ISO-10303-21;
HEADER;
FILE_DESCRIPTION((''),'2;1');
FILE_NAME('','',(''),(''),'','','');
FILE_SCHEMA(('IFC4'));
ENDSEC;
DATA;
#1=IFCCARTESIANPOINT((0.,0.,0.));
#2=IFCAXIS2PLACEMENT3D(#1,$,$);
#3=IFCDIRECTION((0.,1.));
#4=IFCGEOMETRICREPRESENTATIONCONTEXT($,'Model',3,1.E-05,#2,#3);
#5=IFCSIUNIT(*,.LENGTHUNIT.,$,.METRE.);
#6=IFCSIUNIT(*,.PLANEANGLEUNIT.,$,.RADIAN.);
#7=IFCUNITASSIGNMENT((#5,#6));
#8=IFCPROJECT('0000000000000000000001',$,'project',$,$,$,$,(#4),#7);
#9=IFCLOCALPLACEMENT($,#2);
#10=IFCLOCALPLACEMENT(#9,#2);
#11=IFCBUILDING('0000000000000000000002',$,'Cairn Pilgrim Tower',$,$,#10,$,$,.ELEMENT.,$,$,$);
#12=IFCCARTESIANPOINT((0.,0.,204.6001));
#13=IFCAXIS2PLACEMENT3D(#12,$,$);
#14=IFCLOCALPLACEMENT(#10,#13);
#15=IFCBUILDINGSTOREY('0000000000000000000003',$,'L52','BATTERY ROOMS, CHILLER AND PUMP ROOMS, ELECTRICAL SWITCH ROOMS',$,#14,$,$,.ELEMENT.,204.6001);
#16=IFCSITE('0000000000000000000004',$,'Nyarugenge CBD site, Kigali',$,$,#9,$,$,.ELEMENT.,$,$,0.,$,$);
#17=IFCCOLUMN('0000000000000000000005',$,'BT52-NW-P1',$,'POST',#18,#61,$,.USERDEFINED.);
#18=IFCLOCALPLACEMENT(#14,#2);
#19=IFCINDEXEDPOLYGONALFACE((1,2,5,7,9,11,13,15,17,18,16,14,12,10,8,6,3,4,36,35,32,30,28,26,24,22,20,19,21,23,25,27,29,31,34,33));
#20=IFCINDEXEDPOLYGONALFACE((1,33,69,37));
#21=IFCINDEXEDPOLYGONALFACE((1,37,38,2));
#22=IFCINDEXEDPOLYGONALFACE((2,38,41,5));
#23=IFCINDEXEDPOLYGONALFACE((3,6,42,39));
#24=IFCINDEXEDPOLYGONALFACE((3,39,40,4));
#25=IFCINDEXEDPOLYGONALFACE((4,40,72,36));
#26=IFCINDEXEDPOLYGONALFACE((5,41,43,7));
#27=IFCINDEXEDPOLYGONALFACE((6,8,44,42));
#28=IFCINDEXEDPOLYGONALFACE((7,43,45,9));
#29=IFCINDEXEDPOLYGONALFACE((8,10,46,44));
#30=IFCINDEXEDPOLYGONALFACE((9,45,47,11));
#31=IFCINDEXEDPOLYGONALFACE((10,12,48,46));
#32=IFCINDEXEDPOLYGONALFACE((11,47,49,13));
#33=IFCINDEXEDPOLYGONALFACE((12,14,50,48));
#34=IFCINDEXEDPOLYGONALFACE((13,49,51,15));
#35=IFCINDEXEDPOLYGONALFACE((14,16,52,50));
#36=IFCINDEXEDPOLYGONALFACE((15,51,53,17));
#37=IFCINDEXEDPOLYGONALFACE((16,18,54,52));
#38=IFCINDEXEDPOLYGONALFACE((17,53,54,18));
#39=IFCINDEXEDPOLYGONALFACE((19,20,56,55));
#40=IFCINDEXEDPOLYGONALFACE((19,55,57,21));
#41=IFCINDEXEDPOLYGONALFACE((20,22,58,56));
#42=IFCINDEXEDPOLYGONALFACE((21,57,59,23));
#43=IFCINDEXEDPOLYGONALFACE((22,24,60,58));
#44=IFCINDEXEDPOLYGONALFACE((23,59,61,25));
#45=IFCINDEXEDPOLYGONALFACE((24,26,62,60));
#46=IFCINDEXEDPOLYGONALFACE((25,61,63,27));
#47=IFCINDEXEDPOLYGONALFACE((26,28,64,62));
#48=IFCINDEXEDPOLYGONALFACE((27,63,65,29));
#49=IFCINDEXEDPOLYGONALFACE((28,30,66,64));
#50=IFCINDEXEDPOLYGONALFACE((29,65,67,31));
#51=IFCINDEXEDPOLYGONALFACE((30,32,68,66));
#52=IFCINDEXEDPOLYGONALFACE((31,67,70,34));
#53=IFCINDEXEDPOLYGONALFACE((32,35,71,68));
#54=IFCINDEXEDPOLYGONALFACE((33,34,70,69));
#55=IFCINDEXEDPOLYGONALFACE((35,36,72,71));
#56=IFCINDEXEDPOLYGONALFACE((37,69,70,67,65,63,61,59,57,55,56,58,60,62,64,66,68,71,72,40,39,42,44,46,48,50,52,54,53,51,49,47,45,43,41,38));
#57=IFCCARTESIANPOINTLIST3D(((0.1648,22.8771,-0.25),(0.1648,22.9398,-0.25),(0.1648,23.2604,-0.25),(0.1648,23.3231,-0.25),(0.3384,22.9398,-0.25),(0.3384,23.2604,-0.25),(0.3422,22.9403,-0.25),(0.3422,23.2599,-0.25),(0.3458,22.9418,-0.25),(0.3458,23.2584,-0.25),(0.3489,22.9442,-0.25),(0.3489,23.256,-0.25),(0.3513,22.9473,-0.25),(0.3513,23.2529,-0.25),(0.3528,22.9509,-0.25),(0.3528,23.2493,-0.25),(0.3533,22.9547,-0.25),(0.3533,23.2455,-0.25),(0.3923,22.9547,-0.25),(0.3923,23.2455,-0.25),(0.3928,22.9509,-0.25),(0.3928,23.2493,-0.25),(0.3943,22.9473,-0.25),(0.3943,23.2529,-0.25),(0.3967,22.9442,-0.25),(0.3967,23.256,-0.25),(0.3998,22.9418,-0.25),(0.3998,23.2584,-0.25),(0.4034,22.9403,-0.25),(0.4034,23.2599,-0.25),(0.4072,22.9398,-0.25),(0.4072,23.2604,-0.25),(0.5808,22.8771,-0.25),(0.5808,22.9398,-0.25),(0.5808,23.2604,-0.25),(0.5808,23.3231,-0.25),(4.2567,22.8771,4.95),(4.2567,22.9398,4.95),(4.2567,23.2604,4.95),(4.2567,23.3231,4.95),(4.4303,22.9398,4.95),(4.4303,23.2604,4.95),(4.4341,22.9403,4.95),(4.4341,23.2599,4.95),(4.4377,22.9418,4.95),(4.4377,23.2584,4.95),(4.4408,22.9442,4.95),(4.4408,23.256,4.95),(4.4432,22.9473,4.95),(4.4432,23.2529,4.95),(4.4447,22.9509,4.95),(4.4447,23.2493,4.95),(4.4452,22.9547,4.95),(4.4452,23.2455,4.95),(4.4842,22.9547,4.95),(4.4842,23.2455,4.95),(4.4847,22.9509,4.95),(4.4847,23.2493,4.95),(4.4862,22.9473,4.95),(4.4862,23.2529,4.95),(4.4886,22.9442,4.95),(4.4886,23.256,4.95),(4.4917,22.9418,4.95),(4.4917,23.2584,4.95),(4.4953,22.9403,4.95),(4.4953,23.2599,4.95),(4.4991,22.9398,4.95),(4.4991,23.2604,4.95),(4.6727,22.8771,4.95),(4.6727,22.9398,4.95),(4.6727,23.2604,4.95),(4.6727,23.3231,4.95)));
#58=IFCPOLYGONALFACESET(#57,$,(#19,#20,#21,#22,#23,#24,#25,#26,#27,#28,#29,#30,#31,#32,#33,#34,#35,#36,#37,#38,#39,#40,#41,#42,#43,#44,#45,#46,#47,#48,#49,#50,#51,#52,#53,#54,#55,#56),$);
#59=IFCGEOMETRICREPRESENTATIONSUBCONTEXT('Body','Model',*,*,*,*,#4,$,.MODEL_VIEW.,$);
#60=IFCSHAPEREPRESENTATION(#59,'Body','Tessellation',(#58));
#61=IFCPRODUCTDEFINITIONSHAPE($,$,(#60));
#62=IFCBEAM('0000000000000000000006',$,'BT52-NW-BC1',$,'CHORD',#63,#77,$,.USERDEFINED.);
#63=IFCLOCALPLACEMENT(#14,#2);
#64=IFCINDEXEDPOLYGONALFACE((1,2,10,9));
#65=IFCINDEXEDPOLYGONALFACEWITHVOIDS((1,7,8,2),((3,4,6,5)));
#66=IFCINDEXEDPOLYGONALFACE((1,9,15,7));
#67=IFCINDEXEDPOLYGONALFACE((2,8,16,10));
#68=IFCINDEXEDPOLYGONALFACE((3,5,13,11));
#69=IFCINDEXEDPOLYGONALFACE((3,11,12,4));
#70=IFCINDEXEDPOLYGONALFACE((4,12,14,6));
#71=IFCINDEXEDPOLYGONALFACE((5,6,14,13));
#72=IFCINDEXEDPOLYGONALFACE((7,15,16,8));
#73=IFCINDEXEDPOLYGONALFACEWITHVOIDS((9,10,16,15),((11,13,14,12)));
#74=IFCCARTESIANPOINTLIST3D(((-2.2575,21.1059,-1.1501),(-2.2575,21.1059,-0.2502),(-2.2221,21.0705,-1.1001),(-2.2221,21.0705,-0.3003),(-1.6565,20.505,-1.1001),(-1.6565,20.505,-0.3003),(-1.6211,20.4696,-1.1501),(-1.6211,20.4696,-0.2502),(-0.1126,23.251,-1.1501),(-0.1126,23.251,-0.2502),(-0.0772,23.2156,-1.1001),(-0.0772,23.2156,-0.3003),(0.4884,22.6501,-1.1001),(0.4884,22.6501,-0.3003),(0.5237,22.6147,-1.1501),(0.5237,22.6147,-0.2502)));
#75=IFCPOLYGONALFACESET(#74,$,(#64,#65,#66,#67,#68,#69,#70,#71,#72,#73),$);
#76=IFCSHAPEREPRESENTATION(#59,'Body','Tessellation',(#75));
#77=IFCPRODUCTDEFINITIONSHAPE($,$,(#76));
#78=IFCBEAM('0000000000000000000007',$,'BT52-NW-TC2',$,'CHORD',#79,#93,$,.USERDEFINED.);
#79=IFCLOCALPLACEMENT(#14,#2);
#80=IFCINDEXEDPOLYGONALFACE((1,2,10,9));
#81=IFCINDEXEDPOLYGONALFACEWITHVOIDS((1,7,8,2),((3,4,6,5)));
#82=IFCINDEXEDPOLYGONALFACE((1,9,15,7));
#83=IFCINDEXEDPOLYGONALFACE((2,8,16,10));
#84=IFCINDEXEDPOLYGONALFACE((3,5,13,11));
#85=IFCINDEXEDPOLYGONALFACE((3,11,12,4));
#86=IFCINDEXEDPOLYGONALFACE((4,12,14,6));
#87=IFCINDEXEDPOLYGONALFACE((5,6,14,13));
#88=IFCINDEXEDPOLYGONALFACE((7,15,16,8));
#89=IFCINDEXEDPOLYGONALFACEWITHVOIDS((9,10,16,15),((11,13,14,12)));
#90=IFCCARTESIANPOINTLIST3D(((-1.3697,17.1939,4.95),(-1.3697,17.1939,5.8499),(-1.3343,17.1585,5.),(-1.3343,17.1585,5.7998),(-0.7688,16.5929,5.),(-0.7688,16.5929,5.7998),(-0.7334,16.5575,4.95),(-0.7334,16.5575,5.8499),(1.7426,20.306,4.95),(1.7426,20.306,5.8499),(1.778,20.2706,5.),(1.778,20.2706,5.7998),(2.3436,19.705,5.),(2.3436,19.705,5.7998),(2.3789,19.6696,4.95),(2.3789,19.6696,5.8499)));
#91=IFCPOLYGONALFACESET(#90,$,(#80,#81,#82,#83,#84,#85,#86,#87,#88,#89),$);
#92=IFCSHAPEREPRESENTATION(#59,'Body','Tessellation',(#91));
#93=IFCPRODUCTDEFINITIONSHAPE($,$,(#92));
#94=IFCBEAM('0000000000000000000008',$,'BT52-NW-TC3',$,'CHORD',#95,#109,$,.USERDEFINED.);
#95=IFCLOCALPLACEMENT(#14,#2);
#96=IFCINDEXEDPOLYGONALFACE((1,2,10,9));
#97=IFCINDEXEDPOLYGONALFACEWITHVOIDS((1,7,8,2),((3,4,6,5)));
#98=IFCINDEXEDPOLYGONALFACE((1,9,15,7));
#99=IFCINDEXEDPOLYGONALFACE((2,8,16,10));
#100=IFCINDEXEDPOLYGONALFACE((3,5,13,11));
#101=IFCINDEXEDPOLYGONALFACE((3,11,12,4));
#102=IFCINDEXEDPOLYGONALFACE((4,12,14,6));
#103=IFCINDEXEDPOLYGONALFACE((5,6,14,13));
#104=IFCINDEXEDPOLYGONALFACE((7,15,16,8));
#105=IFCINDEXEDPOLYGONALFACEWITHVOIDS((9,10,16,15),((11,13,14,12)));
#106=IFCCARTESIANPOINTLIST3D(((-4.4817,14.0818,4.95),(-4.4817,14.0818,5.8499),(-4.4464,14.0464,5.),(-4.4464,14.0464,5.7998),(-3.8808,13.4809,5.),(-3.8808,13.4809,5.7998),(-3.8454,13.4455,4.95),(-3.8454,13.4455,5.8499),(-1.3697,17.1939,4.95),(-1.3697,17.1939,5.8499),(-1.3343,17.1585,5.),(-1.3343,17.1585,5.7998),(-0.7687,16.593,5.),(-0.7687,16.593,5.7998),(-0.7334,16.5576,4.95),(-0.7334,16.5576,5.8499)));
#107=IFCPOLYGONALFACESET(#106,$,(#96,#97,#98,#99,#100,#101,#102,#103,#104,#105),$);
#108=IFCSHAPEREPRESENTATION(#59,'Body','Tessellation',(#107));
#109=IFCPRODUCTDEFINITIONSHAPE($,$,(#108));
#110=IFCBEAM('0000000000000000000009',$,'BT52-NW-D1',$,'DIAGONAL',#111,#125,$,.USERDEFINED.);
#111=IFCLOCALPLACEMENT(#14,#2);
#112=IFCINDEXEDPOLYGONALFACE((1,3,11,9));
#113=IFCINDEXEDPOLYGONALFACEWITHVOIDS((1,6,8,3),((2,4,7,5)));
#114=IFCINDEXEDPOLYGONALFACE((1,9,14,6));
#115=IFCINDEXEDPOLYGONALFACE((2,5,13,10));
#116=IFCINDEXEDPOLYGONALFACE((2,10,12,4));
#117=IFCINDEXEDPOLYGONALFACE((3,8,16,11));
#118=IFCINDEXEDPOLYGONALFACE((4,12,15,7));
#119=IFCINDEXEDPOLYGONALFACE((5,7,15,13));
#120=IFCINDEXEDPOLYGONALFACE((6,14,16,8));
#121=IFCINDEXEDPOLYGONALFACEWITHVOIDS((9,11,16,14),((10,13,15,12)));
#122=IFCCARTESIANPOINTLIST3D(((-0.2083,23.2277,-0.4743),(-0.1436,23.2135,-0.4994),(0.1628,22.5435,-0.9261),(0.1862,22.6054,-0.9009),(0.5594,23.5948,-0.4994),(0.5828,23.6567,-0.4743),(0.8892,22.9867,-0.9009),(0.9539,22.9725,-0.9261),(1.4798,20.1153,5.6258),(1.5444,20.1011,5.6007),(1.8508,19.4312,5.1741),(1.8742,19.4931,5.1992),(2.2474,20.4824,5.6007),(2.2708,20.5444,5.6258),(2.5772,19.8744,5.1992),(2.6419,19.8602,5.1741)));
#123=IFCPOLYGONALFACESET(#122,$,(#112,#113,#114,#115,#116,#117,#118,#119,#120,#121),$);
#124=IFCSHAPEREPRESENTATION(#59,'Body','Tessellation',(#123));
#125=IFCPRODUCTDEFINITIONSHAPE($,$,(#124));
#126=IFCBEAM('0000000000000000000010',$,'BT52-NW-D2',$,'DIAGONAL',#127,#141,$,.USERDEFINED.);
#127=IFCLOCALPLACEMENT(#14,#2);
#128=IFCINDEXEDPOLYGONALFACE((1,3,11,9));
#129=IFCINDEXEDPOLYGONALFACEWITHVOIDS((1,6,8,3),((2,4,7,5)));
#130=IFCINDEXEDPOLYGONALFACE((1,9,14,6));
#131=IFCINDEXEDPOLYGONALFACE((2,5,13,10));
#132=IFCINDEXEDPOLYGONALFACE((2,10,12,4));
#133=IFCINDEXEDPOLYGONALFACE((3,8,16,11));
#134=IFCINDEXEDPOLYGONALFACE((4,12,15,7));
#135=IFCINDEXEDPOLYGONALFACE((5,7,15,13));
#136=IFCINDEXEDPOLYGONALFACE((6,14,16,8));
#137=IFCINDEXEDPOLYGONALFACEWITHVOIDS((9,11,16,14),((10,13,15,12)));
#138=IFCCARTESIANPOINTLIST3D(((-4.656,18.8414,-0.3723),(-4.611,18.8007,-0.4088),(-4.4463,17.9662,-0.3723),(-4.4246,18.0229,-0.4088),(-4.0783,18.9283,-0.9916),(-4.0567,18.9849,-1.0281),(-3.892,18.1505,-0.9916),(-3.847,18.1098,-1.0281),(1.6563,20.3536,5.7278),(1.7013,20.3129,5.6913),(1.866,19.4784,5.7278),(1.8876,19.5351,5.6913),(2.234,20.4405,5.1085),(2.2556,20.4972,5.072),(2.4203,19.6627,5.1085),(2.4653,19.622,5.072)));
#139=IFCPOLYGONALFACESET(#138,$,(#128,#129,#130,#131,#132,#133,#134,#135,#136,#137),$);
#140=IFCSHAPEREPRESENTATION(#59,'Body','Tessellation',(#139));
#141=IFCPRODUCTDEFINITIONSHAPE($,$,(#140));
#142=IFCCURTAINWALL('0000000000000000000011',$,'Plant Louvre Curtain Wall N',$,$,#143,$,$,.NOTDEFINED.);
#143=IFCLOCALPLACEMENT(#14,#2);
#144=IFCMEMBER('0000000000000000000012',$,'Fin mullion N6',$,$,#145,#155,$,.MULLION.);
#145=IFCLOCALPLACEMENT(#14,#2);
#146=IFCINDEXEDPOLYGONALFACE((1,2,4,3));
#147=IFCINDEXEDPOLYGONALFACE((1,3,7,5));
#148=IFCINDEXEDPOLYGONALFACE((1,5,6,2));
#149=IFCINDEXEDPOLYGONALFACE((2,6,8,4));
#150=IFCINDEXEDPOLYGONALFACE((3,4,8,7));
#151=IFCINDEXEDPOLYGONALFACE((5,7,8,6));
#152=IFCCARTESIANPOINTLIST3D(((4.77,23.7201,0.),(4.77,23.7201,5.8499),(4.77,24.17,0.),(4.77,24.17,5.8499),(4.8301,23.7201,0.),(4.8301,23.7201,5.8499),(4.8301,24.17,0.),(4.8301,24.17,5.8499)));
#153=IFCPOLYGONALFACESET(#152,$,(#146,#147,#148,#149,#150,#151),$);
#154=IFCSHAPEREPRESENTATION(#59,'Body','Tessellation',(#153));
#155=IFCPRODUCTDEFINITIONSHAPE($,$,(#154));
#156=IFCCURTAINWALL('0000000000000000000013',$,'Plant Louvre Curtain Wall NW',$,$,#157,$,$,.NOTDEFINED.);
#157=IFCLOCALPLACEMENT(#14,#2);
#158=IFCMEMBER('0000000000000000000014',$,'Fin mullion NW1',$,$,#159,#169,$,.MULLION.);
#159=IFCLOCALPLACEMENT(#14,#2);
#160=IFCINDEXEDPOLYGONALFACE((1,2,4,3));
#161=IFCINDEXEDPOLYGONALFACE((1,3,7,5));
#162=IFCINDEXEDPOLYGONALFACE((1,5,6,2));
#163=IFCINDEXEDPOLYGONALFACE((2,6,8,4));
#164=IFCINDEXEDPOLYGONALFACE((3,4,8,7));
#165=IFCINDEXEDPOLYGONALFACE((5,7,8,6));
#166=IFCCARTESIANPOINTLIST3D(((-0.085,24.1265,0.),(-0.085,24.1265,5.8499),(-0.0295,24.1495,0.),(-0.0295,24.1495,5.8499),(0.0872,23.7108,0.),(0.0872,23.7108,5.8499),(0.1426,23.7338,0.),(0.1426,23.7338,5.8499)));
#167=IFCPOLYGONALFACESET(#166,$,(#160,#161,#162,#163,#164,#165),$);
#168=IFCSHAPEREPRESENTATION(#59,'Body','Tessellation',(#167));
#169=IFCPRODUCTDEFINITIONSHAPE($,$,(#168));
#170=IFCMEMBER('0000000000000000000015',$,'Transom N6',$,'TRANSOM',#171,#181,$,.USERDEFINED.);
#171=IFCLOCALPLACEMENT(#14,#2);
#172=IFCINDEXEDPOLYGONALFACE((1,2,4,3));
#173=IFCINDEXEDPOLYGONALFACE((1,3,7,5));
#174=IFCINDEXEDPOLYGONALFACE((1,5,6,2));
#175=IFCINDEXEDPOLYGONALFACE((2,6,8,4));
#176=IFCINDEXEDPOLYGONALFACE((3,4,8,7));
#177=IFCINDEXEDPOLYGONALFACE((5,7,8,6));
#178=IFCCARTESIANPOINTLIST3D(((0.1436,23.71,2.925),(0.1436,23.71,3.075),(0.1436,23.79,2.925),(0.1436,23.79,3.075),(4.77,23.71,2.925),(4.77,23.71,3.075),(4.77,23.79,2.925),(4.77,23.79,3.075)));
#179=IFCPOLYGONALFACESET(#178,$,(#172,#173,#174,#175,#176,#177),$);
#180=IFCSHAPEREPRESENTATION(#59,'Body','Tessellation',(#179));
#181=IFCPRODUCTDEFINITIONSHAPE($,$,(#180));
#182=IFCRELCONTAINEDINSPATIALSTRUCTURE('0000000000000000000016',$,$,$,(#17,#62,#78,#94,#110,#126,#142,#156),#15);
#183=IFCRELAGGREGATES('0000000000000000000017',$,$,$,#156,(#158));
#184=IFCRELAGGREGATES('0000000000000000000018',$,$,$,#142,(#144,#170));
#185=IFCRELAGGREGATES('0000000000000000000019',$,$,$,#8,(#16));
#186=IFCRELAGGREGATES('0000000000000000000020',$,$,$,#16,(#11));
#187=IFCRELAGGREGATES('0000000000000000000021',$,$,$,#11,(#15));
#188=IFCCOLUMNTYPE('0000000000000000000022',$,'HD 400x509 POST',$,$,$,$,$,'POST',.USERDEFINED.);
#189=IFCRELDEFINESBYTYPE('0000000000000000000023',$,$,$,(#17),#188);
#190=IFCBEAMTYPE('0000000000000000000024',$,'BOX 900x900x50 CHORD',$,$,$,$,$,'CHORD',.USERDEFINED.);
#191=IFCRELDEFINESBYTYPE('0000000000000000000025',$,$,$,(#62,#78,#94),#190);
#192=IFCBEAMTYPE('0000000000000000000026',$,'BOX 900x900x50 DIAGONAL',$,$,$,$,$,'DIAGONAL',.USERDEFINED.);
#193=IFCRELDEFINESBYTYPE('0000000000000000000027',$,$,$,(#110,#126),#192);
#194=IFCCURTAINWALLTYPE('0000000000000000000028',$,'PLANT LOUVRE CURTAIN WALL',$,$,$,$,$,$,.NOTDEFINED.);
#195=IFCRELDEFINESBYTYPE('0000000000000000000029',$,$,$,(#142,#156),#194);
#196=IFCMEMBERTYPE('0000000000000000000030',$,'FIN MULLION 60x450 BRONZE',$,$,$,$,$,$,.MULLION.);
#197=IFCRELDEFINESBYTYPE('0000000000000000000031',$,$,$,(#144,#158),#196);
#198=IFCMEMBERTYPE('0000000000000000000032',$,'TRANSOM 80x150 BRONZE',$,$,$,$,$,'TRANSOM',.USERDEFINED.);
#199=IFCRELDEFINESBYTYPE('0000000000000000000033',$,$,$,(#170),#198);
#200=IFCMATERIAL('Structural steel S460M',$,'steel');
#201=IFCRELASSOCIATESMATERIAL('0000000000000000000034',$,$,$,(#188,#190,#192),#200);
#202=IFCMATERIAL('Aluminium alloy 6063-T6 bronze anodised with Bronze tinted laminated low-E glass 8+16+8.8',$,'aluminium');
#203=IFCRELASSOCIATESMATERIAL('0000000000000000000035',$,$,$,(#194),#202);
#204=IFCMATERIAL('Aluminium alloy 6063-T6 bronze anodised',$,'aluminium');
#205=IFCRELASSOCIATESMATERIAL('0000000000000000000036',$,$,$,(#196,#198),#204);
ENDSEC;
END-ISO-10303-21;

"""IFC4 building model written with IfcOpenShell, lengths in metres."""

from ifc_helpers import new_model, si_unit, direction, frame, origin, origin_2d, place, context, subcontext, project, spatial, rectangle, hollow_rectangle, i_section, extrude, clip, halfspace, material, material_profile, profile_set, type_object, element, aggregate, save


model = new_model("IFC4")

# Units and contexts
model_context = context("Model", 3, precision=1e-05, world=origin(), true_north=direction((0.0, 1.0)))
body_context = subcontext(model_context, "Body", "Model", "MODEL_VIEW")
ifc_project = project(units=[si_unit("LENGTHUNIT", "METRE"), si_unit("PLANEANGLEUNIT", "RADIAN")], contexts=[model_context])

# Site, building, storey
site_placement = place(None, origin())
site = spatial("IfcSite", under=ifc_project, at=site_placement, Name="Nyarugenge CBD site, Kigali", CompositionType="ELEMENT", RefElevation=0.0)
building_placement = place(site_placement, origin())
building = spatial("IfcBuilding", under=site, at=building_placement, Name="Cairn Pilgrim Tower", CompositionType="ELEMENT")
storey_placement = place(building_placement, frame((0.0, 0.0, 204.6001)))
storey = spatial("IfcBuildingStorey", under=building, at=storey_placement, Name="L52", Description="BATTERY ROOMS, CHILLER AND PUMP ROOMS, ELECTRICAL SWITCH ROOMS", CompositionType="ELEMENT", Elevation=204.6001)

# Column
ifc_material_1 = material(Name="Structural steel S460M", Category="steel")
ifc_material_profile_1 = material_profile(ifc_material_1, i_section(OverallWidth=0.416, OverallDepth=0.446, WebThickness=0.0391, FlangeThickness=0.0627, FilletRadius=0.0149, at=origin_2d()), Name="HD 400x509")
ifc_profile_set_1 = profile_set([ifc_material_profile_1], Name="Structural steel S460M")
column_type = type_object("IfcColumnType", Name="HD 400x509 POST", ElementType="POST", PredefinedType="USERDEFINED", material=ifc_profile_set_1)
column_placement = place(storey_placement, frame((0.3728, 23.1001, -0.25), z_axis=(0.0, 0.0, 1.0), x_axis=(1.0, 0.0, 0.0)))
element("IfcColumn", 1, at=column_placement, inside=storey, type_object=column_type, Name="BT52-NW-P1", ObjectType="POST", PredefinedType="USERDEFINED", context=body_context, shape_type="Clipping", body=[
    clip(extrude(i_section(OverallWidth=0.416, OverallDepth=0.446, WebThickness=0.0391, FlangeThickness=0.0627, FilletRadius=0.0149, at=origin_2d()), origin(), (0.618403, 0.0, 0.785861), 7.762), halfspace(frame((0.0, 0.0, 5.2), z_axis=(0.0, 0.0, 1.0), x_axis=(1.0, 0.0, 0.0)), False)),
])

# Beams
ifc_material_profile_2 = material_profile(ifc_material_1, hollow_rectangle(XDim=0.8999, YDim=0.8999, WallThickness=0.05, at=origin_2d()), Name="BOX 900x900x50")
ifc_profile_set_2 = profile_set([ifc_material_profile_2], Name="Structural steel S460M")
beam_type_1 = type_object("IfcBeamType", Name="BOX 900x900x50 CHORD", ElementType="CHORD", PredefinedType="USERDEFINED", material=ifc_profile_set_2)
beam_1_placement = place(storey_placement, frame((0.2056, 22.9329, -0.7002), z_axis=(-0.707067, -0.707147, 0.0), x_axis=(0.707147, -0.707067, 0.0)))
element("IfcBeam", 2, at=beam_1_placement, inside=storey, type_object=beam_type_1, Name="BT52-NW-BC1", ObjectType="CHORD", PredefinedType="USERDEFINED", context=body_context, shape_type="SweptSolid", body=[
    extrude(hollow_rectangle(XDim=0.8999, YDim=0.8999, WallThickness=0.05, at=origin_2d()), origin(), (0.0, 0.0, 1.0), 3.0334),
])
beam_2_placement = place(storey_placement, frame((2.0608, 19.9878, 5.3999), z_axis=(-0.707135, -0.707079, 0.0), x_axis=(0.707079, -0.707135, 0.0)))
element("IfcBeam", 3, at=beam_2_placement, inside=storey, type_object=beam_type_1, Name="BT52-NW-TC2", ObjectType="CHORD", PredefinedType="USERDEFINED", context=body_context, shape_type="SweptSolid", body=[
    extrude(hollow_rectangle(XDim=0.8999, YDim=0.8999, WallThickness=0.05, at=origin_2d()), origin(), (0.0, 0.0, 1.0), 4.4014),
])
beam_3_placement = place(storey_placement, frame((-1.0515, 16.8757, 5.3999), z_axis=(-0.707107, -0.707107, 0.0), x_axis=(0.707107, -0.707107, 0.0)))
element("IfcBeam", 4, at=beam_3_placement, inside=storey, type_object=beam_type_1, Name="BT52-NW-TC3", ObjectType="CHORD", PredefinedType="USERDEFINED", context=body_context, shape_type="SweptSolid", body=[
    extrude(hollow_rectangle(XDim=0.8999, YDim=0.8999, WallThickness=0.05, at=origin_2d()), origin(), (0.0, 0.0, 1.0), 4.4011),
])
ifc_material_profile_3 = material_profile(ifc_material_1, hollow_rectangle(XDim=0.8999, YDim=0.8999, WallThickness=0.05, at=origin_2d()), Name="BOX 900x900x50")
ifc_profile_set_3 = profile_set([ifc_material_profile_3], Name="Structural steel S460M")
beam_type_2 = type_object("IfcBeamType", Name="BOX 900x900x50 DIAGONAL", ElementType="DIAGONAL", PredefinedType="USERDEFINED", material=ifc_profile_set_3)
beam_4_placement = place(storey_placement, frame((0.3728, 23.1001, -0.7002), z_axis=(0.239324, -0.441264, 0.864876), x_axis=(0.879037, 0.476754, 0.0)))
element("IfcBeam", 5, at=beam_4_placement, inside=storey, type_object=beam_type_2, Name="BT52-NW-D1", ObjectType="DIAGONAL", PredefinedType="USERDEFINED", context=body_context, shape_type="SweptSolid", body=[
    extrude(hollow_rectangle(XDim=0.8999, YDim=0.8999, WallThickness=0.05, at=origin_2d()), origin(), (0.0, 0.0, 1.0), 7.0532),
])
beam_5_placement = place(storey_placement, frame((2.0608, 19.9878, 5.3999), z_axis=(-0.70865, -0.169769, -0.684832), x_axis=(0.232975, -0.972483, 0.0)))
element("IfcBeam", 6, at=beam_5_placement, inside=storey, type_object=beam_type_2, Name="BT52-NW-D2", ObjectType="DIAGONAL", PredefinedType="USERDEFINED", context=body_context, shape_type="SweptSolid", body=[
    extrude(hollow_rectangle(XDim=0.8999, YDim=0.8999, WallThickness=0.05, at=origin_2d()), origin(), (0.0, 0.0, 1.0), 8.9075),
])

# Curtain walls, members
ifc_material_2 = material(Name="Aluminium alloy 6063-T6 bronze anodised with Bronze tinted laminated low-E glass 8+16+8.8", Category="aluminium")
curtain_wall_type = type_object("IfcCurtainWallType", Name="PLANT LOUVRE CURTAIN WALL", PredefinedType="NOTDEFINED", material=ifc_material_2)
curtain_wall_1_placement = place(storey_placement, origin())
curtain_wall_1 = element("IfcCurtainWall", 7, at=curtain_wall_1_placement, inside=storey, type_object=curtain_wall_type, Name="Plant Louvre Curtain Wall N", PredefinedType="NOTDEFINED")
ifc_material_3 = material(Name="Aluminium alloy 6063-T6 bronze anodised", Category="aluminium")
ifc_material_profile_4 = material_profile(ifc_material_3, rectangle(XDim=0.45, YDim=0.0601, at=origin_2d()), Name="FIN MULLION 60x450 BRONZE")
ifc_profile_set_4 = profile_set([ifc_material_profile_4], Name="Aluminium alloy 6063-T6 bronze anodised")
member_type_1 = type_object("IfcMemberType", Name="FIN MULLION 60x450 BRONZE", PredefinedType="MULLION", material=ifc_profile_set_4)
member_1_placement = place(storey_placement, frame((4.8, 23.9451, 0.0), z_axis=(0.0, 0.0, 1.0), x_axis=(0.0, 1.0, 0.0)))
member_1 = element("IfcMember", 8, at=member_1_placement, type_object=member_type_1, Name="Fin mullion N6", PredefinedType="MULLION", context=body_context, shape_type="SweptSolid", body=[
    extrude(rectangle(XDim=0.45, YDim=0.0601, at=origin_2d()), origin(), (0.0, 0.0, 1.0), 5.8499),
])
curtain_wall_2_placement = place(storey_placement, origin())
curtain_wall_2 = element("IfcCurtainWall", 9, at=curtain_wall_2_placement, inside=storey, type_object=curtain_wall_type, Name="Plant Louvre Curtain Wall NW", PredefinedType="NOTDEFINED")
member_2_placement = place(storey_placement, frame((0.0288, 23.9302, 0.0), z_axis=(0.0, 0.0, 1.0), x_axis=(-0.382683, 0.92388, 0.0)))
member_2 = element("IfcMember", 10, at=member_2_placement, type_object=member_type_1, Name="Fin mullion NW1", PredefinedType="MULLION", context=body_context, shape_type="SweptSolid", body=[
    extrude(rectangle(XDim=0.45, YDim=0.0601, at=origin_2d()), origin(), (0.0, 0.0, 1.0), 5.8499),
])

# Member
ifc_material_profile_5 = material_profile(ifc_material_3, rectangle(XDim=0.0801, YDim=0.1499, at=origin_2d()), Name="TRANSOM 80x150 BRONZE")
ifc_profile_set_5 = profile_set([ifc_material_profile_5], Name="Aluminium alloy 6063-T6 bronze anodised")
member_type_2 = type_object("IfcMemberType", Name="TRANSOM 80x150 BRONZE", ElementType="TRANSOM", PredefinedType="USERDEFINED", material=ifc_profile_set_5)
member_3_placement = place(storey_placement, frame((4.77, 23.75, 3.0), z_axis=(-1.0, 0.0, 0.0), x_axis=(0.0, -1.0, 0.0)))
member_3 = element("IfcMember", 11, at=member_3_placement, type_object=member_type_2, Name="Transom N6", ObjectType="TRANSOM", PredefinedType="USERDEFINED", context=body_context, shape_type="SweptSolid", body=[
    extrude(rectangle(XDim=0.0801, YDim=0.1499, at=origin_2d()), origin(), (0.0, 0.0, 1.0), 4.6265),
])

aggregate(curtain_wall_2, [member_2])
aggregate(curtain_wall_1, [member_1, member_3])

save(model, "model.ifc")
